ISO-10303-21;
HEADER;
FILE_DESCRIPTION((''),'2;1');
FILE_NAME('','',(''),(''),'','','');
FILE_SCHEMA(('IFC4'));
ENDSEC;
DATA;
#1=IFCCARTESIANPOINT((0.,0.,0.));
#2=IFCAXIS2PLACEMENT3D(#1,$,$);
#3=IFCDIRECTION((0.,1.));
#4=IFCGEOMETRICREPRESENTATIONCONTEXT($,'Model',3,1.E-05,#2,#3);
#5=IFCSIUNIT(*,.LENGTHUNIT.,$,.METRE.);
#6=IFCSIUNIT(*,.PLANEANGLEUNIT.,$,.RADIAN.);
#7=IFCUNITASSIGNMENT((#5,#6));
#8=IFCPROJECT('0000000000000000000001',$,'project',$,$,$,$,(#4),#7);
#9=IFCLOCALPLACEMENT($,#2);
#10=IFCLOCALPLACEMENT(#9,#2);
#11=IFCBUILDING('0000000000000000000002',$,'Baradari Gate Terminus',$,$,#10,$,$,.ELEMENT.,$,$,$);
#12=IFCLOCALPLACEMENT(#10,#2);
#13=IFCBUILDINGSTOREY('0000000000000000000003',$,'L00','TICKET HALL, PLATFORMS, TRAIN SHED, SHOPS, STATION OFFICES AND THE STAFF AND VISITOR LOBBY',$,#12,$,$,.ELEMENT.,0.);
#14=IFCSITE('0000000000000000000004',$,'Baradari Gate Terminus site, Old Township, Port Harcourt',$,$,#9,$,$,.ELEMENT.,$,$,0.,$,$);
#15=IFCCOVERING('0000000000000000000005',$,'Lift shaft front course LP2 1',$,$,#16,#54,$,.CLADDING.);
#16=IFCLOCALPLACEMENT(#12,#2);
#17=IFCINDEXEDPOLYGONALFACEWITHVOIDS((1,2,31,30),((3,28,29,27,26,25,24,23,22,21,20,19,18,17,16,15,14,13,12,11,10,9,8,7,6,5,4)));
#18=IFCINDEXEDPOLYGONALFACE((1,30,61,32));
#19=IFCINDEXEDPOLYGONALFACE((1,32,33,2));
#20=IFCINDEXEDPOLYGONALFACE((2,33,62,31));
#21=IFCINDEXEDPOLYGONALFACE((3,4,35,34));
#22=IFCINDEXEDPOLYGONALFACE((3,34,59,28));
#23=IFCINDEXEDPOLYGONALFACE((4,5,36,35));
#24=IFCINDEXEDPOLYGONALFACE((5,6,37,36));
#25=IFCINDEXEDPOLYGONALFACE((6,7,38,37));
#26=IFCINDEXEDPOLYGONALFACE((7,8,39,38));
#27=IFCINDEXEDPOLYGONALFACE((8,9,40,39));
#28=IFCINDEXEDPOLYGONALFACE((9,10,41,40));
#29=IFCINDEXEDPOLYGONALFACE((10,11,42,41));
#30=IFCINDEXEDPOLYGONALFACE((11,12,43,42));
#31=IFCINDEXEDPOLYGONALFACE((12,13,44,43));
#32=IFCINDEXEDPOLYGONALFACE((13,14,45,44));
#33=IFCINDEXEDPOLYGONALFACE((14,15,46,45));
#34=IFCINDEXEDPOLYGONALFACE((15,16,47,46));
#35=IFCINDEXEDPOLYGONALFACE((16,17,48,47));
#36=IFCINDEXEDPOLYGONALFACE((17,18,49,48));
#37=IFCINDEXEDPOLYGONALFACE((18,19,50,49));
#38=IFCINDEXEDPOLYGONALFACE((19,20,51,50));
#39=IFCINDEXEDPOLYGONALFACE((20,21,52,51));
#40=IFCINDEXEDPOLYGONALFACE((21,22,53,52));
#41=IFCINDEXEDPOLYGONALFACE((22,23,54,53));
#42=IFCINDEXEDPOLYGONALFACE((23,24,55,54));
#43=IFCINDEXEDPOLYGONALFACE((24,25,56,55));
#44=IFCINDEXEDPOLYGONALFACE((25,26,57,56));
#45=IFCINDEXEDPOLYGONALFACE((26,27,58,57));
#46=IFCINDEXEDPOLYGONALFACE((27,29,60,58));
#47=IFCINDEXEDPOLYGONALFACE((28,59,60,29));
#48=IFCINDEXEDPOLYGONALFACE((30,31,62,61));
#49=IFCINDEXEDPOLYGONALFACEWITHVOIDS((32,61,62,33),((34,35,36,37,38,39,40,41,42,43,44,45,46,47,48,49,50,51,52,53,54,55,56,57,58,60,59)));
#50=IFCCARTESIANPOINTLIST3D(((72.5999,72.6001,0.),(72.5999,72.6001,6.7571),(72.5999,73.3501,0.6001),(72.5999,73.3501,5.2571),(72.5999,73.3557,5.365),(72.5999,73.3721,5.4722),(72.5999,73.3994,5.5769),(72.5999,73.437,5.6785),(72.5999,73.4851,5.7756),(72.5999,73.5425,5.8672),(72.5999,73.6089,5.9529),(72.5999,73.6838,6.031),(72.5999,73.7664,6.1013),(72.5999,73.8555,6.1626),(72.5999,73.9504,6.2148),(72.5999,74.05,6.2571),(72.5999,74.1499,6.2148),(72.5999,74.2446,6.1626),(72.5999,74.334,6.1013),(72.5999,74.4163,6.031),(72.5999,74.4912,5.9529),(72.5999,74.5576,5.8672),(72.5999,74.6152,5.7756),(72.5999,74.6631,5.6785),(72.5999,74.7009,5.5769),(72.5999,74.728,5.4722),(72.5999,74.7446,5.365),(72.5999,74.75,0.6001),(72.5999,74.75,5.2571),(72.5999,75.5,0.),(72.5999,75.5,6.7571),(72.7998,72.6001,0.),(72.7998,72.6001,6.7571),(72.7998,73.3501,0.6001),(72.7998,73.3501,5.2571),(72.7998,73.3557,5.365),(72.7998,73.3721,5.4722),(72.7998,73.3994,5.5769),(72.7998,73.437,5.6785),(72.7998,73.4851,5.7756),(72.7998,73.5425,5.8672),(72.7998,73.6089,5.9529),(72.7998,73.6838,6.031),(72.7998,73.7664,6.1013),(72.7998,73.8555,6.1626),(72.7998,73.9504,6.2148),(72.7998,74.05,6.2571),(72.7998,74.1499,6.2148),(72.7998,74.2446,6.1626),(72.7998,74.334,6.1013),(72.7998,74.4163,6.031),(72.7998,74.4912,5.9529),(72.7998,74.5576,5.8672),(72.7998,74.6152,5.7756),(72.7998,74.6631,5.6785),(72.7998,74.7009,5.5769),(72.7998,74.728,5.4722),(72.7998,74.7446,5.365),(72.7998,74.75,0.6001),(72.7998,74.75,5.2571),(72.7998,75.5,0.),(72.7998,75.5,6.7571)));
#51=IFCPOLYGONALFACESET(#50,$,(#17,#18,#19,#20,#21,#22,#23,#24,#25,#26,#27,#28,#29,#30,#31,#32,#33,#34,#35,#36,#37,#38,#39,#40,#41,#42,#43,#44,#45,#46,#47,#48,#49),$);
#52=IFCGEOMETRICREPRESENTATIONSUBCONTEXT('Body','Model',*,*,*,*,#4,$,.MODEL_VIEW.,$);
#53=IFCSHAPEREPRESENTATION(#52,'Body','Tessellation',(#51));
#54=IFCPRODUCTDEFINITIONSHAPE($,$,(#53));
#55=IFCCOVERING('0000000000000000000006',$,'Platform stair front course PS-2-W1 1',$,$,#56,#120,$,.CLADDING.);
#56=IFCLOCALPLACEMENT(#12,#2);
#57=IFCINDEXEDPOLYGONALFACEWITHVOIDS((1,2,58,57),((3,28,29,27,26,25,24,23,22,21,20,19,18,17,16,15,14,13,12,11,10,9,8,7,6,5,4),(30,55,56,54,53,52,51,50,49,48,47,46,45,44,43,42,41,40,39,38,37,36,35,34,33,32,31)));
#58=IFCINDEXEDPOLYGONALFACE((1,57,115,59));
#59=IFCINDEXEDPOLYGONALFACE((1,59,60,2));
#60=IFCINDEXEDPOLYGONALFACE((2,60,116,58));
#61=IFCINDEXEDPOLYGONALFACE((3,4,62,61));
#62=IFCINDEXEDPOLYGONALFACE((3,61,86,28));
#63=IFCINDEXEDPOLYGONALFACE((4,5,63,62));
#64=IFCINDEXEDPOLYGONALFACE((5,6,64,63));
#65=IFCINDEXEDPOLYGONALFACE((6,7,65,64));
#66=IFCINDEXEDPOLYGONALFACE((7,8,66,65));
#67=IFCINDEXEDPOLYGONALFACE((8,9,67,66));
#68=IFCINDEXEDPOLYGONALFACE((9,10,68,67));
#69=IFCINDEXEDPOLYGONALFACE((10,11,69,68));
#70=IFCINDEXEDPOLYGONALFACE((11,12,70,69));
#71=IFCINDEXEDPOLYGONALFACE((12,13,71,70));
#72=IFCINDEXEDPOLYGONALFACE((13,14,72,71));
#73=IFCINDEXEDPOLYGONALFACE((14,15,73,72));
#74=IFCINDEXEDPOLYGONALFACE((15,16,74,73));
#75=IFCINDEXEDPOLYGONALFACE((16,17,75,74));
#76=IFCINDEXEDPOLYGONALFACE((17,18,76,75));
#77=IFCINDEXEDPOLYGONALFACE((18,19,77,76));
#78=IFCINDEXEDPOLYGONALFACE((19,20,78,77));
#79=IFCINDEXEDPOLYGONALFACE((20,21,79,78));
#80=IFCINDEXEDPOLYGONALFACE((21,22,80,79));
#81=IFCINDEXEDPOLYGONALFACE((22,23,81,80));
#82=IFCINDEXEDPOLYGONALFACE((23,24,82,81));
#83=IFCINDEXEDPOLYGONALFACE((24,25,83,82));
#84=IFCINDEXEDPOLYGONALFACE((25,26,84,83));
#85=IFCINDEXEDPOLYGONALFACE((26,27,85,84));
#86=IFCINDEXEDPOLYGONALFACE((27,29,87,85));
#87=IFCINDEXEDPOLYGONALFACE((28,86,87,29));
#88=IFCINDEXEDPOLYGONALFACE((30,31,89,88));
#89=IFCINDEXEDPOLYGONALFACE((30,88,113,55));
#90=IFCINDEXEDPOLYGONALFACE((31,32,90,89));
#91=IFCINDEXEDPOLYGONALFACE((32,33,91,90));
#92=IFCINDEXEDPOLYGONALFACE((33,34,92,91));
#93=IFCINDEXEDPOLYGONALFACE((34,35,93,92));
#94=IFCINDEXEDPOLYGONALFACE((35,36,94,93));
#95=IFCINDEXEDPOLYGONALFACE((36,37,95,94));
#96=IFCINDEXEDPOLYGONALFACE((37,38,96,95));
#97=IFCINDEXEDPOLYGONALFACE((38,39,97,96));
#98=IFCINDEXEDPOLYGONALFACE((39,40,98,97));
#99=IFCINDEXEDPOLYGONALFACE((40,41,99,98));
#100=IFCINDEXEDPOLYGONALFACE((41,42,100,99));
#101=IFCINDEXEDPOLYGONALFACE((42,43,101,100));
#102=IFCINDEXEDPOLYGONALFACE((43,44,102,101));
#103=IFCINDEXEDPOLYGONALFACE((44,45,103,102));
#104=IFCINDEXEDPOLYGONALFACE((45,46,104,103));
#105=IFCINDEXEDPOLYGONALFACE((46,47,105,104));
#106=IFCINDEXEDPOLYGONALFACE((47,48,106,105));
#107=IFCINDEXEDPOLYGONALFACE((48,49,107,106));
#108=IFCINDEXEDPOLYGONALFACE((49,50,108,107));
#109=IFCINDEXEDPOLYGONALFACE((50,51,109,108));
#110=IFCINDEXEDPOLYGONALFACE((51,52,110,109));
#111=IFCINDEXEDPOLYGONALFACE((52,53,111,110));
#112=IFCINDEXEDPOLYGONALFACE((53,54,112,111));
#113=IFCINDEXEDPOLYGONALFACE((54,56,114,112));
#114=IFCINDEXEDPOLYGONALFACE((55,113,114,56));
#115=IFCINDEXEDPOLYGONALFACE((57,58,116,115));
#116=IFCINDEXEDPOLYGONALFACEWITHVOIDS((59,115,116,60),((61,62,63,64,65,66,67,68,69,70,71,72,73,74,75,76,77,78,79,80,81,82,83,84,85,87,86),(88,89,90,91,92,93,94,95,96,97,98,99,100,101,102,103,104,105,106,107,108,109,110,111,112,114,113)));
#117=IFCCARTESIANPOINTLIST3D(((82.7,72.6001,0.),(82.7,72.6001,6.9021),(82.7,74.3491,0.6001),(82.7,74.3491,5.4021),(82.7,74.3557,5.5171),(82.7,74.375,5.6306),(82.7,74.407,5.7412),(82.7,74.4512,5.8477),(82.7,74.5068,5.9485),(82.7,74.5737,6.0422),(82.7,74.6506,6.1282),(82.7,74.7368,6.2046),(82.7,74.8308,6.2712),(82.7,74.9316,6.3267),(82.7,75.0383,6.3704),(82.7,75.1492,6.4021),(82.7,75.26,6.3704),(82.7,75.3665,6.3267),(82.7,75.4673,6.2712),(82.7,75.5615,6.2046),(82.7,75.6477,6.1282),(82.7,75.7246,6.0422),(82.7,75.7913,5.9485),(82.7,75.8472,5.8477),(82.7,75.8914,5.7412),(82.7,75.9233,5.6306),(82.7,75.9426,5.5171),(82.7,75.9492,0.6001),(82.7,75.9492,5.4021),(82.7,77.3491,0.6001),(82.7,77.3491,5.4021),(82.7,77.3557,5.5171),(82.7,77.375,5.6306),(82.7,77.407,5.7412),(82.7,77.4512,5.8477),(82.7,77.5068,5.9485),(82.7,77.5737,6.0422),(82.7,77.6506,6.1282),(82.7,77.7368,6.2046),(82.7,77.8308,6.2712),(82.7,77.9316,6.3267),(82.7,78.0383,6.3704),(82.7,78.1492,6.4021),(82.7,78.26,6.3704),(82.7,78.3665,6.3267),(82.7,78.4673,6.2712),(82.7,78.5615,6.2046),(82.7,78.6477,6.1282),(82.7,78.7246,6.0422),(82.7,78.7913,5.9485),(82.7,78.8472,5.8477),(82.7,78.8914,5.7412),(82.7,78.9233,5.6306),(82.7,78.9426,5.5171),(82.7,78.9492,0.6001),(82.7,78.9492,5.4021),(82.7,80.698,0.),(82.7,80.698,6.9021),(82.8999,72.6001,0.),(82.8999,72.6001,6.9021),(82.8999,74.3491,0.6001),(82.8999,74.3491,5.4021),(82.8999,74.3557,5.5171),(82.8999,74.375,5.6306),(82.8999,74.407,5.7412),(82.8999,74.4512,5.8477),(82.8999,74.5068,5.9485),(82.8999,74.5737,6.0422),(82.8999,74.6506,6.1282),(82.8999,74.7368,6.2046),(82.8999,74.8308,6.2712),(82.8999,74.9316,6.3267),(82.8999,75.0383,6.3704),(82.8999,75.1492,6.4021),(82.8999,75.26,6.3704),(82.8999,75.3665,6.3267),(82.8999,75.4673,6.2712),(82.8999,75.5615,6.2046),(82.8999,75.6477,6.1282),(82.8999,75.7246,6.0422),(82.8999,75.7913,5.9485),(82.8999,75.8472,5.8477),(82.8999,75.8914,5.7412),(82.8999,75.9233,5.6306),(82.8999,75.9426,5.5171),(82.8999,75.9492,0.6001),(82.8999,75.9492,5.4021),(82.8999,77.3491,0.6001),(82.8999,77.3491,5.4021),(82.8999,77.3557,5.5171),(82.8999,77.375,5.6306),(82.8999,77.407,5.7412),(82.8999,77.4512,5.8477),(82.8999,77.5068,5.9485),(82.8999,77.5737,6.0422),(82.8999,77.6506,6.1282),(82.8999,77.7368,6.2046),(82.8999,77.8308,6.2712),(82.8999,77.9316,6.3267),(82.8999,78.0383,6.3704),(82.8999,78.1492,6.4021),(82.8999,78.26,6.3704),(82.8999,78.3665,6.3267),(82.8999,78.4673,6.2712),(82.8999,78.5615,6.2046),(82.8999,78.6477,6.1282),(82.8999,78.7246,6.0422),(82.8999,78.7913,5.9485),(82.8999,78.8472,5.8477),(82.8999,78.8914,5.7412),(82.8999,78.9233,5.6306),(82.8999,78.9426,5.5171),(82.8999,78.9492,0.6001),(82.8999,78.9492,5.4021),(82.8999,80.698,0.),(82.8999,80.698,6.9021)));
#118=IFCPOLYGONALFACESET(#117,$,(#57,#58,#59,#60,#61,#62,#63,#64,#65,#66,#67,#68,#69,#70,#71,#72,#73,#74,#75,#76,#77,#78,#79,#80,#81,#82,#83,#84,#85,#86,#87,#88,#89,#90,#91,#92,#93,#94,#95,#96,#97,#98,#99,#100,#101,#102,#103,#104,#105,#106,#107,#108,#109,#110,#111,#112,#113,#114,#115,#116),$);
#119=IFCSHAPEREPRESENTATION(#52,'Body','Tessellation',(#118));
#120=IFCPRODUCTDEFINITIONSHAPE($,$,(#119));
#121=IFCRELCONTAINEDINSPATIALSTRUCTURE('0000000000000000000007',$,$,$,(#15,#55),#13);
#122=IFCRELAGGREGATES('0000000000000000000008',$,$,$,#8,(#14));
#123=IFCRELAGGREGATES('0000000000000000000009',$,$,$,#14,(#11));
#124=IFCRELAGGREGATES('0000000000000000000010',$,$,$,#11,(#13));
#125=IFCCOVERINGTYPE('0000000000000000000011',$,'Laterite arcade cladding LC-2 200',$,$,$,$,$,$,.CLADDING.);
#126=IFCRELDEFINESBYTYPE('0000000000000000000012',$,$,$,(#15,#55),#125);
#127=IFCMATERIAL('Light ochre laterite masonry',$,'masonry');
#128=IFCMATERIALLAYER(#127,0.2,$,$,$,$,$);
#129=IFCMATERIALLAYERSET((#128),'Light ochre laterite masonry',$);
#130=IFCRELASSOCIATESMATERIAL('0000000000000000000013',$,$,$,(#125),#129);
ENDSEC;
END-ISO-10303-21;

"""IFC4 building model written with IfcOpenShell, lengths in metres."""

from ifc_helpers import new_model, si_unit, direction, frame, origin, place, context, subcontext, project, spatial, polyline, outline, extrude, material, layer, layer_set, type_object, element, save


model = new_model("IFC4")

# Units and contexts
model_context = context("Model", 3, precision=1e-05, world=origin(), true_north=direction((0.0, 1.0)))
body_context = subcontext(model_context, "Body", "Model", "MODEL_VIEW")
ifc_project = project(units=[si_unit("LENGTHUNIT", "METRE"), si_unit("PLANEANGLEUNIT", "RADIAN")], contexts=[model_context])

# Site, building, storey
site_placement = place(None, origin())
site = spatial("IfcSite", under=ifc_project, at=site_placement, Name="Baradari Gate Terminus site, Old Township, Port Harcourt", CompositionType="ELEMENT", RefElevation=0.0)
building_placement = place(site_placement, origin())
building = spatial("IfcBuilding", under=site, at=building_placement, Name="Baradari Gate Terminus", CompositionType="ELEMENT")
storey_placement = place(building_placement, origin())
storey = spatial("IfcBuildingStorey", under=building, at=storey_placement, Name="L00", Description="TICKET HALL, PLATFORMS, TRAIN SHED, SHOPS, STATION OFFICES AND THE STAFF AND VISITOR LOBBY", CompositionType="ELEMENT", Elevation=0.0)

# Coverings
ifc_material_1 = material(Name="Light ochre laterite masonry", Category="masonry")
ifc_layer_1 = layer(ifc_material_1, 0.2)
ifc_layer_set_1 = layer_set([ifc_layer_1], Name="Light ochre laterite masonry")
covering_type = type_object("IfcCoveringType", Name="Laterite arcade cladding LC-2 200", PredefinedType="CLADDING", material=ifc_layer_set_1)
covering_1_placement = place(storey_placement, frame((72.7, 72.6001, 0.0), z_axis=(0.0, 0.0, 1.0), x_axis=(0.0, 1.0, 0.0)))
element("IfcCovering", 1, at=covering_1_placement, inside=storey, type_object=covering_type, Name="Lift shaft front course LP2 1", PredefinedType="CLADDING", context=body_context, shape_type="SweptSolid", body=[
    extrude(outline(polyline([(0.0, 0.0), (2.8999, 0.0), (2.8999, 6.7571), (0.0, 6.7571), (0.0, 0.0)]), holes=[polyline([(0.75, 0.6001), (0.75, 5.2571), (0.7556, 5.365), (0.772, 5.4722), (0.7993, 5.5769), (0.8369, 5.6785), (0.885, 5.7756), (0.9424, 5.8672), (1.0088, 5.9529), (1.0837, 6.031), (1.1663, 6.1013), (1.2554, 6.1626), (1.3503, 6.2148), (1.45, 6.2571), (1.5498, 6.2148), (1.6445, 6.1626), (1.7339, 6.1013), (1.8162, 6.031), (1.8911, 5.9529), (1.9575, 5.8672), (2.0151, 5.7756), (2.063, 5.6785), (2.1008, 5.5769), (2.1279, 5.4722), (2.1445, 5.365), (2.1499, 5.2571), (2.1499, 0.6001), (0.75, 0.6001)])]), frame((0.0, 0.1001, 0.0), z_axis=(0.0, -1.0, 0.0), x_axis=(1.0, 0.0, 0.0)), (0.0, 0.0, 1.0), 0.2),
])
covering_2_placement = place(storey_placement, frame((82.8, 72.6001, 0.0), z_axis=(0.0, 0.0, 1.0), x_axis=(0.0, 1.0, 0.0)))
element("IfcCovering", 2, at=covering_2_placement, inside=storey, type_object=covering_type, Name="Platform stair front course PS-2-W1 1", PredefinedType="CLADDING", context=body_context, shape_type="SweptSolid", body=[
    extrude(outline(polyline([(0.0, 0.0), (8.0979, 0.0), (8.0979, 6.9021), (0.0, 6.9021), (0.0, 0.0)]), holes=[polyline([(1.749, 5.4021), (1.7556, 5.5171), (1.7749, 5.6306), (1.8069, 5.7412), (1.8511, 5.8477), (1.9067, 5.9485), (1.9736, 6.0422), (2.0505, 6.1282), (2.1367, 6.2046), (2.2307, 6.2712), (2.3315, 6.3267), (2.4382, 6.3704), (2.5491, 6.4021), (2.6599, 6.3704), (2.7664, 6.3267), (2.8672, 6.2712), (2.9614, 6.2046), (3.0476, 6.1282), (3.1245, 6.0422), (3.1912, 5.9485), (3.2471, 5.8477), (3.2913, 5.7412), (3.3232, 5.6306), (3.3425, 5.5171), (3.3491, 5.4021), (3.3491, 0.6001), (1.749, 0.6001), (1.749, 5.4021)]), polyline([(4.749, 5.4021), (4.7556, 5.5171), (4.7749, 5.6306), (4.8069, 5.7412), (4.8511, 5.8477), (4.9067, 5.9485), (4.9736, 6.0422), (5.0505, 6.1282), (5.1367, 6.2046), (5.2307, 6.2712), (5.3315, 6.3267), (5.4382, 6.3704), (5.5491, 6.4021), (5.6599, 6.3704), (5.7664, 6.3267), (5.8672, 6.2712), (5.9614, 6.2046), (6.0476, 6.1282), (6.1245, 6.0422), (6.1912, 5.9485), (6.2471, 5.8477), (6.2913, 5.7412), (6.3232, 5.6306), (6.3425, 5.5171), (6.3491, 5.4021), (6.3491, 0.6001), (4.749, 0.6001), (4.749, 5.4021)])]), frame((0.0, 0.1001, 0.0), z_axis=(0.0, -1.0, 0.0), x_axis=(1.0, 0.0, 0.0)), (0.0, 0.0, 1.0), 0.2),
])

save(model, "model.ifc")
